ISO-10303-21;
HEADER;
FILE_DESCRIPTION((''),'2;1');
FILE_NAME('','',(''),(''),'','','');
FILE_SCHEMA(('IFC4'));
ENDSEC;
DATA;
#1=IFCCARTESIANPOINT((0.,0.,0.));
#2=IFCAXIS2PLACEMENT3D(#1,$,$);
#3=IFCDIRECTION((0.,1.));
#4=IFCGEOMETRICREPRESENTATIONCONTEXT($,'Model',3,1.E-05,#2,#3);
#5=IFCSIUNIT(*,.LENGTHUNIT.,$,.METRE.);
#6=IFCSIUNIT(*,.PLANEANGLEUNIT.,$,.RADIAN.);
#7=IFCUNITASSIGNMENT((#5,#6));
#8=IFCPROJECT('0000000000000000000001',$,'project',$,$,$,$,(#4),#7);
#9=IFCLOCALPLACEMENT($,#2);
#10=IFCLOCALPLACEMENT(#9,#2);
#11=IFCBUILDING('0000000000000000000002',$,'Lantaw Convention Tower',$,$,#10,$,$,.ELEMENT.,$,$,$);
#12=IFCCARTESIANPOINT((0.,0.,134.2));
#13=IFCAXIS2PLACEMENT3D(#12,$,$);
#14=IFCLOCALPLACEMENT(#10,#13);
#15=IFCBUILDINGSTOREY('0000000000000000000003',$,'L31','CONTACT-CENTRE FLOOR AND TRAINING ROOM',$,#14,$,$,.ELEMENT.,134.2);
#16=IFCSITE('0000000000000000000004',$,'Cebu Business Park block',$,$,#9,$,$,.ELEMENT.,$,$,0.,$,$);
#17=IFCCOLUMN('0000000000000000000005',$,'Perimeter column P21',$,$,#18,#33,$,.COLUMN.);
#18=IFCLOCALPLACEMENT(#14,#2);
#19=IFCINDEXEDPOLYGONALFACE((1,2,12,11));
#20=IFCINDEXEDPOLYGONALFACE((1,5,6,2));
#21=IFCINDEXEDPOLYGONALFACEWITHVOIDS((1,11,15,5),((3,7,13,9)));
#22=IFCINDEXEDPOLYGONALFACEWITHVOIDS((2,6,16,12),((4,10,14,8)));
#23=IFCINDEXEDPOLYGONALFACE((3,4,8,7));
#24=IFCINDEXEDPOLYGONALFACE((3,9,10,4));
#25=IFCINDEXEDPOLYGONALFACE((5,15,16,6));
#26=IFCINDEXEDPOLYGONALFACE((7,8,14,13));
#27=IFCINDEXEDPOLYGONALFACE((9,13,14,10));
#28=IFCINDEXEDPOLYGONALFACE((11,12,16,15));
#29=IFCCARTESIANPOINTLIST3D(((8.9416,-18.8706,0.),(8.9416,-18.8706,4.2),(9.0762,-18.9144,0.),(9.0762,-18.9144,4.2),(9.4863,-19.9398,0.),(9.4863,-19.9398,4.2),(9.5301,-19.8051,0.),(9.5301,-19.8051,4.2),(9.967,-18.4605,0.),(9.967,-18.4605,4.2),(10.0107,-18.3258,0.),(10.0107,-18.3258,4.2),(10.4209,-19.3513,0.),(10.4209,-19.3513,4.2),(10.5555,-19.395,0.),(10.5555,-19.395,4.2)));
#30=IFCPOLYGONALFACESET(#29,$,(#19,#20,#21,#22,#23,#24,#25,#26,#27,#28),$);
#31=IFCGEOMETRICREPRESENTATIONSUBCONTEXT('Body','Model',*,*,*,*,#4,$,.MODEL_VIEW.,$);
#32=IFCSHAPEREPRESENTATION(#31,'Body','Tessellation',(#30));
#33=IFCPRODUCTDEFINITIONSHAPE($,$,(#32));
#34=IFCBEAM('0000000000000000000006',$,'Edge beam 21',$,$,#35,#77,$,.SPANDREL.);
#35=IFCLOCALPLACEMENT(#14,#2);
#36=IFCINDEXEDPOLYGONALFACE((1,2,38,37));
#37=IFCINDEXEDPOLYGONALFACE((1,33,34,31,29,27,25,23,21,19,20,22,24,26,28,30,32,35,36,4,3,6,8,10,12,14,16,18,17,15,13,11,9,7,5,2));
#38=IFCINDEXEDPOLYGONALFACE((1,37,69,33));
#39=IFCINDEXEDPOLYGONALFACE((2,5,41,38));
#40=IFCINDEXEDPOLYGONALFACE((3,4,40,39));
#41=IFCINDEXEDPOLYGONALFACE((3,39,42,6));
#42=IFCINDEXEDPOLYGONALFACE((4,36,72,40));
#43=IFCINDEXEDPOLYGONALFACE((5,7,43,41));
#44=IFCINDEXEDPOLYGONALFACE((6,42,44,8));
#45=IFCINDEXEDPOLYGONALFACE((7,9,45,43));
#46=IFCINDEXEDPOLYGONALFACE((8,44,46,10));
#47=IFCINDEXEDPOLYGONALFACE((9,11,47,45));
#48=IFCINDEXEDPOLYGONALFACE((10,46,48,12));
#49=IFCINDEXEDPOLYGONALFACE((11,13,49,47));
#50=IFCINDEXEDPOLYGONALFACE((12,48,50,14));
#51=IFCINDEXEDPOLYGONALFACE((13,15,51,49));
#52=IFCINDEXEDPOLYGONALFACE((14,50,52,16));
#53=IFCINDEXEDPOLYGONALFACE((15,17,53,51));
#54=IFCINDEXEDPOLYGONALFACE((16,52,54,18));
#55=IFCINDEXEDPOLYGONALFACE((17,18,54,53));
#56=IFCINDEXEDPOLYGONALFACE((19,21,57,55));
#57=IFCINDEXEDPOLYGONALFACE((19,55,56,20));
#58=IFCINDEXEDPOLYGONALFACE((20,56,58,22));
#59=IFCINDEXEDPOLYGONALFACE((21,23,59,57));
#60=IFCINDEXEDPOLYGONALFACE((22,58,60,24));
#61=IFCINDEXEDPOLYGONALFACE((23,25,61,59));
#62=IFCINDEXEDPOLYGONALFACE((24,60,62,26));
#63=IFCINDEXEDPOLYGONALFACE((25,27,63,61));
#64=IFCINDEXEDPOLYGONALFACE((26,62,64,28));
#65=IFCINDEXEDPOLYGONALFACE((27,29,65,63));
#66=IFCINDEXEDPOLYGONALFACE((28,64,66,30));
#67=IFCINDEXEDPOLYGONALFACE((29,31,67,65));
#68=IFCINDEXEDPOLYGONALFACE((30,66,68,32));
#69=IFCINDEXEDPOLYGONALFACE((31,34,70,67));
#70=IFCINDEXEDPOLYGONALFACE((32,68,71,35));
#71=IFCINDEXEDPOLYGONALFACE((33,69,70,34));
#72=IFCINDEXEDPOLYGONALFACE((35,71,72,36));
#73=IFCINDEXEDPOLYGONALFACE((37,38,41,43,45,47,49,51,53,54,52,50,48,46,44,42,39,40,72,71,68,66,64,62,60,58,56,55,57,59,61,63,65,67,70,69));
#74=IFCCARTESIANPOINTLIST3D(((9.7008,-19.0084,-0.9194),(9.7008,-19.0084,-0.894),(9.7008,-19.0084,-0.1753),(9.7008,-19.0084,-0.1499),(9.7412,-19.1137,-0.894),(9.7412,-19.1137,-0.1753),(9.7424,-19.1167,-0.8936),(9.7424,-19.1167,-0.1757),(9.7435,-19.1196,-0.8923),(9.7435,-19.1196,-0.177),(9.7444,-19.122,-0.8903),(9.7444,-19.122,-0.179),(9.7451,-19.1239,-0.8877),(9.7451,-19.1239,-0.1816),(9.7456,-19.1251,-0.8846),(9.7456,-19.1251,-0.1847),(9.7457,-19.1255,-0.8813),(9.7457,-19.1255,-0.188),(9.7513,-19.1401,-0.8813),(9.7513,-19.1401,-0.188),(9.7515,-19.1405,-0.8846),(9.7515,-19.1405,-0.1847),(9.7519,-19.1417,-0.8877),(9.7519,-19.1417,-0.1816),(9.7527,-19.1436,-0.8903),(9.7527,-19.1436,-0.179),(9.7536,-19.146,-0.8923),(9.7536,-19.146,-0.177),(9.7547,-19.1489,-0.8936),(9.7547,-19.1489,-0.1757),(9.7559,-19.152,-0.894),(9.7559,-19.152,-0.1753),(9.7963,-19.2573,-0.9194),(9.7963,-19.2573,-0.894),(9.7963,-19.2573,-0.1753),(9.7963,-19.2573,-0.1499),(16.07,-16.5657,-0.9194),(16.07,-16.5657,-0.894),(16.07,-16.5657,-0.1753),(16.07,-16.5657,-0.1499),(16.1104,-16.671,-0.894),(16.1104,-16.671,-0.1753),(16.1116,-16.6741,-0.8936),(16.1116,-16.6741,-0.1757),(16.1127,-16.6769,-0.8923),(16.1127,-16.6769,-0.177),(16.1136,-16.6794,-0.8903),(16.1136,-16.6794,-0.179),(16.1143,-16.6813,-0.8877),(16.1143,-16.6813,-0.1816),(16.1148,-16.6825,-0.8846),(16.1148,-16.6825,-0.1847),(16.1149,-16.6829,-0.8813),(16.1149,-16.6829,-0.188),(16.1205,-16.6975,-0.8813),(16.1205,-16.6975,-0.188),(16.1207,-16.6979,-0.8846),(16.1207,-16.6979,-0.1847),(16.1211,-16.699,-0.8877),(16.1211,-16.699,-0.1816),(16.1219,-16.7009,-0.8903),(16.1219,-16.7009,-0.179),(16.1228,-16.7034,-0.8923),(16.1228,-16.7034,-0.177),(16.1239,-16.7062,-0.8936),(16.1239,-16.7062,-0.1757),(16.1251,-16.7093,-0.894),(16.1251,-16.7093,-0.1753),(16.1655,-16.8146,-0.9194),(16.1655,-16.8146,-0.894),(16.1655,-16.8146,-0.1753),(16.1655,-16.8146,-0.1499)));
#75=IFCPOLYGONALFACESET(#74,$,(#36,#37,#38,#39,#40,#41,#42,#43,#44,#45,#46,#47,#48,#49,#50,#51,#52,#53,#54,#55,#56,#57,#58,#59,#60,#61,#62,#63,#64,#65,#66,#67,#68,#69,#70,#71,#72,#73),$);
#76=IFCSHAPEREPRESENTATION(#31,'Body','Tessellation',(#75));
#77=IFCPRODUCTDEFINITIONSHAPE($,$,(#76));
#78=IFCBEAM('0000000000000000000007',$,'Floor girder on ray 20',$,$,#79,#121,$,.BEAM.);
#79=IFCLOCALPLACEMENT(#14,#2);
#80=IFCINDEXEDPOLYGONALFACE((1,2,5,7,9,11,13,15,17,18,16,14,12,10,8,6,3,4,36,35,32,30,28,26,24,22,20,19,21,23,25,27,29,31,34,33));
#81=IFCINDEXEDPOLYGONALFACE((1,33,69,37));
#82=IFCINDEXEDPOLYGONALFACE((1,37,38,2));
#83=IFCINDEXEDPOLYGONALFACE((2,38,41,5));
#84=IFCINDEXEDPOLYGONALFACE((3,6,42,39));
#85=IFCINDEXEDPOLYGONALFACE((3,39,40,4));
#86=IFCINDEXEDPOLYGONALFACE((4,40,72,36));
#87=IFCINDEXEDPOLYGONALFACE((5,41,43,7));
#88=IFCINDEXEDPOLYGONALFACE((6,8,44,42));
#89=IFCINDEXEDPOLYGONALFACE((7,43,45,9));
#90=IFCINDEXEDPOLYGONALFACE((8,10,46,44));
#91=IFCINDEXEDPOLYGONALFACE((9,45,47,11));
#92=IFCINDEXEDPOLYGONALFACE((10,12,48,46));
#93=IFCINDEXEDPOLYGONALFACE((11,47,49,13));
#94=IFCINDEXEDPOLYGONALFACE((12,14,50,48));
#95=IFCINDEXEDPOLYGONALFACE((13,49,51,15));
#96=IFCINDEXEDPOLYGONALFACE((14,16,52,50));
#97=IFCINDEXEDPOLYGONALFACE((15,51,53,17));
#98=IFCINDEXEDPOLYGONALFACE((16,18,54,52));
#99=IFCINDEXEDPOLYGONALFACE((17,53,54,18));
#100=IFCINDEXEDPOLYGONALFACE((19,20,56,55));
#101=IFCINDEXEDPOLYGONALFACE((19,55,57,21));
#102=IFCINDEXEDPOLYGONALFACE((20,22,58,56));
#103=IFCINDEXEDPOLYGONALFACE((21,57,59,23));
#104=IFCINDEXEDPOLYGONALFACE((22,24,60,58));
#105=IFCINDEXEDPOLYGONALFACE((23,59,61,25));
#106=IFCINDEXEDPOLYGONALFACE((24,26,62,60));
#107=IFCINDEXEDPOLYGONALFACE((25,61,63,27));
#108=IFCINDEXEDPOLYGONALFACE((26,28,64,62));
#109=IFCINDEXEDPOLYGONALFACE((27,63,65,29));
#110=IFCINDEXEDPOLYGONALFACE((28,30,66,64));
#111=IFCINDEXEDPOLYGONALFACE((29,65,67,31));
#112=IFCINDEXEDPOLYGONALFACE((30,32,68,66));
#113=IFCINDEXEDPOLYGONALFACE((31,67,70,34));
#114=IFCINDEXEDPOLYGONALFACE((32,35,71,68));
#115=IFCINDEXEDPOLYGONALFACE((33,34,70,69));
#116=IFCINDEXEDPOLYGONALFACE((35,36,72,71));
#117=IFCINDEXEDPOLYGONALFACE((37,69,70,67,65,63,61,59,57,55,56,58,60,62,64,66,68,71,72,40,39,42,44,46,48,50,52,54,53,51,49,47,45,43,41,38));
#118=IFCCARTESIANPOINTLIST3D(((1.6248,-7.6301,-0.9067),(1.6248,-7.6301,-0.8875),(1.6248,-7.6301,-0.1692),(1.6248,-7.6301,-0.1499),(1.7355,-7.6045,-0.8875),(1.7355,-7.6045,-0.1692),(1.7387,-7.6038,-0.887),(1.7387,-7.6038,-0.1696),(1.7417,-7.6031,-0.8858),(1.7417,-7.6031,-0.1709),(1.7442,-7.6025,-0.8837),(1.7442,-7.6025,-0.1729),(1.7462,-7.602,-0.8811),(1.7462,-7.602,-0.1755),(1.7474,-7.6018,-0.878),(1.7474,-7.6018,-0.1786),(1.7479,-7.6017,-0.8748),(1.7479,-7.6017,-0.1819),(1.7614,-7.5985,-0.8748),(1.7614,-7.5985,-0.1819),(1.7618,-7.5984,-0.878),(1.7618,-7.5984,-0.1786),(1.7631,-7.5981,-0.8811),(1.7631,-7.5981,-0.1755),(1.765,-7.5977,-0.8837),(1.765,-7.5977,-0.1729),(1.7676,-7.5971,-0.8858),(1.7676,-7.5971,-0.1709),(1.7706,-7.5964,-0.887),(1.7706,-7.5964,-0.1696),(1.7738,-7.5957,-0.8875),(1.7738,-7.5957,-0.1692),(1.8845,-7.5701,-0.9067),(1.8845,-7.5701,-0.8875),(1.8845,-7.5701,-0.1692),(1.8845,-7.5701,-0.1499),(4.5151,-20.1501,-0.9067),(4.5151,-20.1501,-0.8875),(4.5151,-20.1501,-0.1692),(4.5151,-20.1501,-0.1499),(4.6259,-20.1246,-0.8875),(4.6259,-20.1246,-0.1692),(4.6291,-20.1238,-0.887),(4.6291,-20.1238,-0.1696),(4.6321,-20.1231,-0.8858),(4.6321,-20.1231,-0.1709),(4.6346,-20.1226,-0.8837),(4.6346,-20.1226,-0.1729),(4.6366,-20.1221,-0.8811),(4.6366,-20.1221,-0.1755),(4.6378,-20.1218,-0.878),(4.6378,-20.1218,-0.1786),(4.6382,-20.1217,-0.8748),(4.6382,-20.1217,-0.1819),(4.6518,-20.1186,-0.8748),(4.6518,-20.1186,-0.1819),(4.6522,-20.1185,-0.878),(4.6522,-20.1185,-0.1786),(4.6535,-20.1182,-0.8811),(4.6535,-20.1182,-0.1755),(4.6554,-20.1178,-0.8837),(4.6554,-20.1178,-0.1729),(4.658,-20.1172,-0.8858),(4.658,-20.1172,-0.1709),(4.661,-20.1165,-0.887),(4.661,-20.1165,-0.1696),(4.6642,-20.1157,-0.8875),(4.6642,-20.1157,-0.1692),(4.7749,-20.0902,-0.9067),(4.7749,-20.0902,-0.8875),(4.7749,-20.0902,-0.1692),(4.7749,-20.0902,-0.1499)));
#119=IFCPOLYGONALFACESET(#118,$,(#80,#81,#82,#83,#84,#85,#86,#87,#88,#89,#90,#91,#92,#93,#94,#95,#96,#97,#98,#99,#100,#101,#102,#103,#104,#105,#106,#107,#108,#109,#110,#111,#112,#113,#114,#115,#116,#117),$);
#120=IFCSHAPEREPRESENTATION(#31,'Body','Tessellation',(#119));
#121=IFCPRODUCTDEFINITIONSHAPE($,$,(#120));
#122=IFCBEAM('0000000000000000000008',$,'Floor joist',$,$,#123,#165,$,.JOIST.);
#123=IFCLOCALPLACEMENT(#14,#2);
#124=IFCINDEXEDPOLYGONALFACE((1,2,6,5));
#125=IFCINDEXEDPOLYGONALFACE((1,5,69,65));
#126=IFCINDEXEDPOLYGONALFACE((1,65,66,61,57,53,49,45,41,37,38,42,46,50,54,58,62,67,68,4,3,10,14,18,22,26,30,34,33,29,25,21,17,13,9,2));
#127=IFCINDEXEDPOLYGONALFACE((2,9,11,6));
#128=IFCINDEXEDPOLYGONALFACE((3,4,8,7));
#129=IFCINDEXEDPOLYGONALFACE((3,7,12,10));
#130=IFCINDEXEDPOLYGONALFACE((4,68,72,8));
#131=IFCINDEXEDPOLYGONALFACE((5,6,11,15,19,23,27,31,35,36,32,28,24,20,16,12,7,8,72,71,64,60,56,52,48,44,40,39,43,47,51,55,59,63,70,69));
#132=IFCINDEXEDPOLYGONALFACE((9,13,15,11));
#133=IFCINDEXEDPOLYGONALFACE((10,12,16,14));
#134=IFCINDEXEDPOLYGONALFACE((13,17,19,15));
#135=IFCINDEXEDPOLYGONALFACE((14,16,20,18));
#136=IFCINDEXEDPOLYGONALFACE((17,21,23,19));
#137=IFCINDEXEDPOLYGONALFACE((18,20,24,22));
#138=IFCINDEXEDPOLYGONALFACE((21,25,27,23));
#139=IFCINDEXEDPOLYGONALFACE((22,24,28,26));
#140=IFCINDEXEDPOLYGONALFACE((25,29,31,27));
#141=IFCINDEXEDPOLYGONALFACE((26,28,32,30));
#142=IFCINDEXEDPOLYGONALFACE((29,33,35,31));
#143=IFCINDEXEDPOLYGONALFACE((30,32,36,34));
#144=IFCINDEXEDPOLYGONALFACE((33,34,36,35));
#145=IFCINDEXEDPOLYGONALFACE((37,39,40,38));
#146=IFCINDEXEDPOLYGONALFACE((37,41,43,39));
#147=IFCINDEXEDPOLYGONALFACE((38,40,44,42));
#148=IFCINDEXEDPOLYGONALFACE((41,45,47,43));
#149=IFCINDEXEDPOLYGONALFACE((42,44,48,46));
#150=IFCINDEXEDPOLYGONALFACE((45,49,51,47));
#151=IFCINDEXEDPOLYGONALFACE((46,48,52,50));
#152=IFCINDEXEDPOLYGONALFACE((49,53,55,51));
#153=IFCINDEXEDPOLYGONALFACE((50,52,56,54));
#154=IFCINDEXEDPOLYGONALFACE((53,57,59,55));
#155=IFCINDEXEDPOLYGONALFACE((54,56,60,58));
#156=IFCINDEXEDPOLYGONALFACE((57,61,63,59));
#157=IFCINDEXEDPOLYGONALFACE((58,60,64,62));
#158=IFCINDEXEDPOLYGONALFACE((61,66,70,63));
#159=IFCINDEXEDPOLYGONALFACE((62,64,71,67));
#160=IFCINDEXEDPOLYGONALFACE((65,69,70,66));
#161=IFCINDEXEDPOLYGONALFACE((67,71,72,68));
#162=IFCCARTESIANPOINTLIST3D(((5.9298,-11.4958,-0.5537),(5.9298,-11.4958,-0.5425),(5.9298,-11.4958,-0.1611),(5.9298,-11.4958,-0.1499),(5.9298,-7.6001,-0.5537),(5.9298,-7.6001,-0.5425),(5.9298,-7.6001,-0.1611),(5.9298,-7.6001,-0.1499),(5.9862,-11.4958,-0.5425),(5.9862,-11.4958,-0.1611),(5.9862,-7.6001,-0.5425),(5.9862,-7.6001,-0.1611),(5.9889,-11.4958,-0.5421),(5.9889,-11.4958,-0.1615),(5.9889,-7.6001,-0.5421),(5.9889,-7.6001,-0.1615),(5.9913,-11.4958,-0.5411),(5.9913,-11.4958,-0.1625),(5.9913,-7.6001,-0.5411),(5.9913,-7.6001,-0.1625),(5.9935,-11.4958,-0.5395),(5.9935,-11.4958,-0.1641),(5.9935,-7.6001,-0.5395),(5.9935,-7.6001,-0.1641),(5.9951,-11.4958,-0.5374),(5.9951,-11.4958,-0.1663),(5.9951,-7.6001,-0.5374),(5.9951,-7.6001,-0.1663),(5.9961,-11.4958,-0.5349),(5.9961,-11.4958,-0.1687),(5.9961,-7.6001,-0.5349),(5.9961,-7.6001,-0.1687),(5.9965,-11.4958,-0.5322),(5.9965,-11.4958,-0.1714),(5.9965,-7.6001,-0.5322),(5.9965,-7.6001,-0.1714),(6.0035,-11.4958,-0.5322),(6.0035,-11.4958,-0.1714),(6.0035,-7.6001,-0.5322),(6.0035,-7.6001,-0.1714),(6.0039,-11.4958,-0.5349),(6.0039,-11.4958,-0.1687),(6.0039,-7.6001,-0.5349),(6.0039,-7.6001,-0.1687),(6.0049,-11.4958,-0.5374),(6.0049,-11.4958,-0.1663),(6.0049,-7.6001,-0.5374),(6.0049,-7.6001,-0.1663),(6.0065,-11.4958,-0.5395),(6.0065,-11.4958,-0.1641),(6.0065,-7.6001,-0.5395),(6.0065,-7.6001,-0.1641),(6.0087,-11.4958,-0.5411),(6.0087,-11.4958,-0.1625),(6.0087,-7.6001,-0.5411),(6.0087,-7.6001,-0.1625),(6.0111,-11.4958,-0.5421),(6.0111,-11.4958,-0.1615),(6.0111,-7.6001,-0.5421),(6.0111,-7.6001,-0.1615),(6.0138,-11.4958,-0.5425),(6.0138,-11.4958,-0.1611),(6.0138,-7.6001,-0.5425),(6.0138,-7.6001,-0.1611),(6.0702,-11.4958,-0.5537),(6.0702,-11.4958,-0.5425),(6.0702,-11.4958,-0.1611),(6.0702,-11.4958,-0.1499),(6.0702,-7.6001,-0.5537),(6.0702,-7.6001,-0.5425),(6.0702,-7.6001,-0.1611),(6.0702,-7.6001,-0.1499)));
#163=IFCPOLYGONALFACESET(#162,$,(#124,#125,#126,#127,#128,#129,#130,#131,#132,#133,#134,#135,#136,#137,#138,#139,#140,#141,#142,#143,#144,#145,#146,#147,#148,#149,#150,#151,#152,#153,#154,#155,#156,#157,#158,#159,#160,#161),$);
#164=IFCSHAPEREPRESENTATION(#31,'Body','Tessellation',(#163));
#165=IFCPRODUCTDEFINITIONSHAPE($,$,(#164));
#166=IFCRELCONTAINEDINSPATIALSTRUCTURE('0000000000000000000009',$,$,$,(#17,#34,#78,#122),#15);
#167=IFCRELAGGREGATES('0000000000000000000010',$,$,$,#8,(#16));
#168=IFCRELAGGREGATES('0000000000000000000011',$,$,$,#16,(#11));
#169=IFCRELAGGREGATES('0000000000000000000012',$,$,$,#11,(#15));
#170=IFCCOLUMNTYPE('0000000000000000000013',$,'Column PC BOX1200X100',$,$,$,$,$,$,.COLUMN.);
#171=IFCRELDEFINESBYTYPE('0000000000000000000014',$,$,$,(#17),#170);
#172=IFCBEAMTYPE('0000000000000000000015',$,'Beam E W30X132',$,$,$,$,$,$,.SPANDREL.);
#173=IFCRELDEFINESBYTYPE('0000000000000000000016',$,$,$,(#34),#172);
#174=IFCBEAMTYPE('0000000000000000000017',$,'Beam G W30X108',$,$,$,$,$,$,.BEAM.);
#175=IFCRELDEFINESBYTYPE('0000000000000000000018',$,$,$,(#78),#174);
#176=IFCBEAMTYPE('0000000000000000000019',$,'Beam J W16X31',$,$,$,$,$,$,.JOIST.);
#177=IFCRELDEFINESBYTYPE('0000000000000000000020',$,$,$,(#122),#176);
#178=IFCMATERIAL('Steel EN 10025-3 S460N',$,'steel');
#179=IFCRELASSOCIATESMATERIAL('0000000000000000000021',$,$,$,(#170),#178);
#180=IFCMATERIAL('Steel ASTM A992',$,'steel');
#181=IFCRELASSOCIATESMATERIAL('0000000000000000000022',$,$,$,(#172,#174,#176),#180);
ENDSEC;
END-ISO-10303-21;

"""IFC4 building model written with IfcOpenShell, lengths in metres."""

from ifc_helpers import new_model, si_unit, direction, frame, origin, origin_2d, place, context, subcontext, project, spatial, rectangle, hollow_rectangle, i_section, extrude, material, material_profile, profile_set, type_object, element, save


model = new_model("IFC4")

# Units and contexts
model_context = context("Model", 3, precision=1e-05, world=origin(), true_north=direction((0.0, 1.0)))
body_context = subcontext(model_context, "Body", "Model", "MODEL_VIEW")
ifc_project = project(units=[si_unit("LENGTHUNIT", "METRE"), si_unit("PLANEANGLEUNIT", "RADIAN")], contexts=[model_context])

# Site, building, storey
site_placement = place(None, origin())
site = spatial("IfcSite", under=ifc_project, at=site_placement, Name="Cebu Business Park block", CompositionType="ELEMENT", RefElevation=0.0)
building_placement = place(site_placement, origin())
building = spatial("IfcBuilding", under=site, at=building_placement, Name="Lantaw Convention Tower", CompositionType="ELEMENT")
storey_placement = place(building_placement, frame((0.0, 0.0, 134.2)))
storey = spatial("IfcBuildingStorey", under=building, at=storey_placement, Name="L31", Description="CONTACT-CENTRE FLOOR AND TRAINING ROOM", CompositionType="ELEMENT", Elevation=134.2)

# Column
ifc_material_1 = material(Name="Steel EN 10025-3 S460N", Category="steel")
ifc_material_profile_1 = material_profile(ifc_material_1, hollow_rectangle(XDim=1.2, YDim=1.2, WallThickness=0.1001, at=origin_2d()), Name="BOX1200X100")
ifc_material_2 = material(Name="Concrete C60/75", Category="concrete")
ifc_material_profile_2 = material_profile(ifc_material_2, rectangle(XDim=1.0, YDim=1.0, at=origin_2d()), Name="Concrete fill of BOX1200X100")
ifc_profile_set_1 = profile_set([ifc_material_profile_1, ifc_material_profile_2], Name="Steel EN 10025-3 S460N")
column_type = type_object("IfcColumnType", Name="Column PC BOX1200X100", PredefinedType="COLUMN", material=ifc_profile_set_1)
column_placement = place(storey_placement, frame((9.7485, -19.1328, 0.0), z_axis=(0.0, 0.0, 1.0), x_axis=(0.891007, 0.45399, 0.0)))
element("IfcColumn", 1, at=column_placement, inside=storey, type_object=column_type, Name="Perimeter column P21", PredefinedType="COLUMN", context=body_context, shape_type="SweptSolid", body=[
    extrude(hollow_rectangle(XDim=1.2, YDim=1.2, WallThickness=0.1001, at=origin_2d()), origin(), (0.0, 0.0, 1.0), 4.2),
])

# Beams
ifc_material_3 = material(Name="Steel ASTM A992", Category="steel")
ifc_material_profile_3 = material_profile(ifc_material_3, i_section(OverallWidth=0.2666, OverallDepth=0.7695, WebThickness=0.0156, FlangeThickness=0.0254, FilletRadius=0.0127, at=origin_2d()), Name="W30X132")
ifc_profile_set_2 = profile_set([ifc_material_profile_3], Name="Steel ASTM A992")
beam_type_1 = type_object("IfcBeamType", Name="Beam E W30X132", PredefinedType="SPANDREL", material=ifc_profile_set_2)
beam_1_placement = place(storey_placement, frame((9.7485, -19.1328, -0.5347), z_axis=(0.933691, 0.35808, 0.0), x_axis=(-0.35808, 0.933691, 0.0)))
element("IfcBeam", 2, at=beam_1_placement, inside=storey, type_object=beam_type_1, Name="Edge beam 21", PredefinedType="SPANDREL", context=body_context, shape_type="SweptSolid", body=[
    extrude(i_section(OverallWidth=0.2666, OverallDepth=0.7695, WebThickness=0.0156, FlangeThickness=0.0254, FilletRadius=0.0127, at=origin_2d()), origin(), (0.0, 0.0, 1.0), 6.8215),
])
ifc_material_profile_4 = material_profile(ifc_material_3, i_section(OverallWidth=0.2666, OverallDepth=0.7568, WebThickness=0.0139, FlangeThickness=0.0193, FilletRadius=0.0127, at=origin_2d()), Name="W30X108")
ifc_profile_set_3 = profile_set([ifc_material_profile_4], Name="Steel ASTM A992")
beam_type_2 = type_object("IfcBeamType", Name="Beam G W30X108", PredefinedType="BEAM", material=ifc_profile_set_3)
beam_2_placement = place(storey_placement, frame((1.7546, -7.6001, -0.5283), z_axis=(0.224944, -0.974372, 0.0), x_axis=(0.974372, 0.224944, 0.0)))
element("IfcBeam", 3, at=beam_2_placement, inside=storey, type_object=beam_type_2, Name="Floor girder on ray 20", PredefinedType="BEAM", context=body_context, shape_type="SweptSolid", body=[
    extrude(i_section(OverallWidth=0.2666, OverallDepth=0.7568, WebThickness=0.0139, FlangeThickness=0.0193, FilletRadius=0.0127, at=origin_2d()), origin(), (0.0, 0.0, 1.0), 12.8494),
])
ifc_material_profile_5 = material_profile(ifc_material_3, i_section(OverallWidth=0.1404, OverallDepth=0.4038, WebThickness=0.0071, FlangeThickness=0.0112, FilletRadius=0.0103, at=origin_2d()), Name="W16X31")
ifc_profile_set_4 = profile_set([ifc_material_profile_5], Name="Steel ASTM A992")
beam_type_3 = type_object("IfcBeamType", Name="Beam J W16X31", PredefinedType="JOIST", material=ifc_profile_set_4)
beam_3_placement = place(storey_placement, frame((6.0, -11.4958, -0.3518), z_axis=(0.0, 1.0, 0.0), x_axis=(-1.0, 0.0, 0.0)))
element("IfcBeam", 4, at=beam_3_placement, inside=storey, type_object=beam_type_3, Name="Floor joist", PredefinedType="JOIST", context=body_context, shape_type="SweptSolid", body=[
    extrude(i_section(OverallWidth=0.1404, OverallDepth=0.4038, WebThickness=0.0071, FlangeThickness=0.0112, FilletRadius=0.0103, at=origin_2d()), origin(), (0.0, 0.0, 1.0), 3.8958),
])

save(model, "model.ifc")
